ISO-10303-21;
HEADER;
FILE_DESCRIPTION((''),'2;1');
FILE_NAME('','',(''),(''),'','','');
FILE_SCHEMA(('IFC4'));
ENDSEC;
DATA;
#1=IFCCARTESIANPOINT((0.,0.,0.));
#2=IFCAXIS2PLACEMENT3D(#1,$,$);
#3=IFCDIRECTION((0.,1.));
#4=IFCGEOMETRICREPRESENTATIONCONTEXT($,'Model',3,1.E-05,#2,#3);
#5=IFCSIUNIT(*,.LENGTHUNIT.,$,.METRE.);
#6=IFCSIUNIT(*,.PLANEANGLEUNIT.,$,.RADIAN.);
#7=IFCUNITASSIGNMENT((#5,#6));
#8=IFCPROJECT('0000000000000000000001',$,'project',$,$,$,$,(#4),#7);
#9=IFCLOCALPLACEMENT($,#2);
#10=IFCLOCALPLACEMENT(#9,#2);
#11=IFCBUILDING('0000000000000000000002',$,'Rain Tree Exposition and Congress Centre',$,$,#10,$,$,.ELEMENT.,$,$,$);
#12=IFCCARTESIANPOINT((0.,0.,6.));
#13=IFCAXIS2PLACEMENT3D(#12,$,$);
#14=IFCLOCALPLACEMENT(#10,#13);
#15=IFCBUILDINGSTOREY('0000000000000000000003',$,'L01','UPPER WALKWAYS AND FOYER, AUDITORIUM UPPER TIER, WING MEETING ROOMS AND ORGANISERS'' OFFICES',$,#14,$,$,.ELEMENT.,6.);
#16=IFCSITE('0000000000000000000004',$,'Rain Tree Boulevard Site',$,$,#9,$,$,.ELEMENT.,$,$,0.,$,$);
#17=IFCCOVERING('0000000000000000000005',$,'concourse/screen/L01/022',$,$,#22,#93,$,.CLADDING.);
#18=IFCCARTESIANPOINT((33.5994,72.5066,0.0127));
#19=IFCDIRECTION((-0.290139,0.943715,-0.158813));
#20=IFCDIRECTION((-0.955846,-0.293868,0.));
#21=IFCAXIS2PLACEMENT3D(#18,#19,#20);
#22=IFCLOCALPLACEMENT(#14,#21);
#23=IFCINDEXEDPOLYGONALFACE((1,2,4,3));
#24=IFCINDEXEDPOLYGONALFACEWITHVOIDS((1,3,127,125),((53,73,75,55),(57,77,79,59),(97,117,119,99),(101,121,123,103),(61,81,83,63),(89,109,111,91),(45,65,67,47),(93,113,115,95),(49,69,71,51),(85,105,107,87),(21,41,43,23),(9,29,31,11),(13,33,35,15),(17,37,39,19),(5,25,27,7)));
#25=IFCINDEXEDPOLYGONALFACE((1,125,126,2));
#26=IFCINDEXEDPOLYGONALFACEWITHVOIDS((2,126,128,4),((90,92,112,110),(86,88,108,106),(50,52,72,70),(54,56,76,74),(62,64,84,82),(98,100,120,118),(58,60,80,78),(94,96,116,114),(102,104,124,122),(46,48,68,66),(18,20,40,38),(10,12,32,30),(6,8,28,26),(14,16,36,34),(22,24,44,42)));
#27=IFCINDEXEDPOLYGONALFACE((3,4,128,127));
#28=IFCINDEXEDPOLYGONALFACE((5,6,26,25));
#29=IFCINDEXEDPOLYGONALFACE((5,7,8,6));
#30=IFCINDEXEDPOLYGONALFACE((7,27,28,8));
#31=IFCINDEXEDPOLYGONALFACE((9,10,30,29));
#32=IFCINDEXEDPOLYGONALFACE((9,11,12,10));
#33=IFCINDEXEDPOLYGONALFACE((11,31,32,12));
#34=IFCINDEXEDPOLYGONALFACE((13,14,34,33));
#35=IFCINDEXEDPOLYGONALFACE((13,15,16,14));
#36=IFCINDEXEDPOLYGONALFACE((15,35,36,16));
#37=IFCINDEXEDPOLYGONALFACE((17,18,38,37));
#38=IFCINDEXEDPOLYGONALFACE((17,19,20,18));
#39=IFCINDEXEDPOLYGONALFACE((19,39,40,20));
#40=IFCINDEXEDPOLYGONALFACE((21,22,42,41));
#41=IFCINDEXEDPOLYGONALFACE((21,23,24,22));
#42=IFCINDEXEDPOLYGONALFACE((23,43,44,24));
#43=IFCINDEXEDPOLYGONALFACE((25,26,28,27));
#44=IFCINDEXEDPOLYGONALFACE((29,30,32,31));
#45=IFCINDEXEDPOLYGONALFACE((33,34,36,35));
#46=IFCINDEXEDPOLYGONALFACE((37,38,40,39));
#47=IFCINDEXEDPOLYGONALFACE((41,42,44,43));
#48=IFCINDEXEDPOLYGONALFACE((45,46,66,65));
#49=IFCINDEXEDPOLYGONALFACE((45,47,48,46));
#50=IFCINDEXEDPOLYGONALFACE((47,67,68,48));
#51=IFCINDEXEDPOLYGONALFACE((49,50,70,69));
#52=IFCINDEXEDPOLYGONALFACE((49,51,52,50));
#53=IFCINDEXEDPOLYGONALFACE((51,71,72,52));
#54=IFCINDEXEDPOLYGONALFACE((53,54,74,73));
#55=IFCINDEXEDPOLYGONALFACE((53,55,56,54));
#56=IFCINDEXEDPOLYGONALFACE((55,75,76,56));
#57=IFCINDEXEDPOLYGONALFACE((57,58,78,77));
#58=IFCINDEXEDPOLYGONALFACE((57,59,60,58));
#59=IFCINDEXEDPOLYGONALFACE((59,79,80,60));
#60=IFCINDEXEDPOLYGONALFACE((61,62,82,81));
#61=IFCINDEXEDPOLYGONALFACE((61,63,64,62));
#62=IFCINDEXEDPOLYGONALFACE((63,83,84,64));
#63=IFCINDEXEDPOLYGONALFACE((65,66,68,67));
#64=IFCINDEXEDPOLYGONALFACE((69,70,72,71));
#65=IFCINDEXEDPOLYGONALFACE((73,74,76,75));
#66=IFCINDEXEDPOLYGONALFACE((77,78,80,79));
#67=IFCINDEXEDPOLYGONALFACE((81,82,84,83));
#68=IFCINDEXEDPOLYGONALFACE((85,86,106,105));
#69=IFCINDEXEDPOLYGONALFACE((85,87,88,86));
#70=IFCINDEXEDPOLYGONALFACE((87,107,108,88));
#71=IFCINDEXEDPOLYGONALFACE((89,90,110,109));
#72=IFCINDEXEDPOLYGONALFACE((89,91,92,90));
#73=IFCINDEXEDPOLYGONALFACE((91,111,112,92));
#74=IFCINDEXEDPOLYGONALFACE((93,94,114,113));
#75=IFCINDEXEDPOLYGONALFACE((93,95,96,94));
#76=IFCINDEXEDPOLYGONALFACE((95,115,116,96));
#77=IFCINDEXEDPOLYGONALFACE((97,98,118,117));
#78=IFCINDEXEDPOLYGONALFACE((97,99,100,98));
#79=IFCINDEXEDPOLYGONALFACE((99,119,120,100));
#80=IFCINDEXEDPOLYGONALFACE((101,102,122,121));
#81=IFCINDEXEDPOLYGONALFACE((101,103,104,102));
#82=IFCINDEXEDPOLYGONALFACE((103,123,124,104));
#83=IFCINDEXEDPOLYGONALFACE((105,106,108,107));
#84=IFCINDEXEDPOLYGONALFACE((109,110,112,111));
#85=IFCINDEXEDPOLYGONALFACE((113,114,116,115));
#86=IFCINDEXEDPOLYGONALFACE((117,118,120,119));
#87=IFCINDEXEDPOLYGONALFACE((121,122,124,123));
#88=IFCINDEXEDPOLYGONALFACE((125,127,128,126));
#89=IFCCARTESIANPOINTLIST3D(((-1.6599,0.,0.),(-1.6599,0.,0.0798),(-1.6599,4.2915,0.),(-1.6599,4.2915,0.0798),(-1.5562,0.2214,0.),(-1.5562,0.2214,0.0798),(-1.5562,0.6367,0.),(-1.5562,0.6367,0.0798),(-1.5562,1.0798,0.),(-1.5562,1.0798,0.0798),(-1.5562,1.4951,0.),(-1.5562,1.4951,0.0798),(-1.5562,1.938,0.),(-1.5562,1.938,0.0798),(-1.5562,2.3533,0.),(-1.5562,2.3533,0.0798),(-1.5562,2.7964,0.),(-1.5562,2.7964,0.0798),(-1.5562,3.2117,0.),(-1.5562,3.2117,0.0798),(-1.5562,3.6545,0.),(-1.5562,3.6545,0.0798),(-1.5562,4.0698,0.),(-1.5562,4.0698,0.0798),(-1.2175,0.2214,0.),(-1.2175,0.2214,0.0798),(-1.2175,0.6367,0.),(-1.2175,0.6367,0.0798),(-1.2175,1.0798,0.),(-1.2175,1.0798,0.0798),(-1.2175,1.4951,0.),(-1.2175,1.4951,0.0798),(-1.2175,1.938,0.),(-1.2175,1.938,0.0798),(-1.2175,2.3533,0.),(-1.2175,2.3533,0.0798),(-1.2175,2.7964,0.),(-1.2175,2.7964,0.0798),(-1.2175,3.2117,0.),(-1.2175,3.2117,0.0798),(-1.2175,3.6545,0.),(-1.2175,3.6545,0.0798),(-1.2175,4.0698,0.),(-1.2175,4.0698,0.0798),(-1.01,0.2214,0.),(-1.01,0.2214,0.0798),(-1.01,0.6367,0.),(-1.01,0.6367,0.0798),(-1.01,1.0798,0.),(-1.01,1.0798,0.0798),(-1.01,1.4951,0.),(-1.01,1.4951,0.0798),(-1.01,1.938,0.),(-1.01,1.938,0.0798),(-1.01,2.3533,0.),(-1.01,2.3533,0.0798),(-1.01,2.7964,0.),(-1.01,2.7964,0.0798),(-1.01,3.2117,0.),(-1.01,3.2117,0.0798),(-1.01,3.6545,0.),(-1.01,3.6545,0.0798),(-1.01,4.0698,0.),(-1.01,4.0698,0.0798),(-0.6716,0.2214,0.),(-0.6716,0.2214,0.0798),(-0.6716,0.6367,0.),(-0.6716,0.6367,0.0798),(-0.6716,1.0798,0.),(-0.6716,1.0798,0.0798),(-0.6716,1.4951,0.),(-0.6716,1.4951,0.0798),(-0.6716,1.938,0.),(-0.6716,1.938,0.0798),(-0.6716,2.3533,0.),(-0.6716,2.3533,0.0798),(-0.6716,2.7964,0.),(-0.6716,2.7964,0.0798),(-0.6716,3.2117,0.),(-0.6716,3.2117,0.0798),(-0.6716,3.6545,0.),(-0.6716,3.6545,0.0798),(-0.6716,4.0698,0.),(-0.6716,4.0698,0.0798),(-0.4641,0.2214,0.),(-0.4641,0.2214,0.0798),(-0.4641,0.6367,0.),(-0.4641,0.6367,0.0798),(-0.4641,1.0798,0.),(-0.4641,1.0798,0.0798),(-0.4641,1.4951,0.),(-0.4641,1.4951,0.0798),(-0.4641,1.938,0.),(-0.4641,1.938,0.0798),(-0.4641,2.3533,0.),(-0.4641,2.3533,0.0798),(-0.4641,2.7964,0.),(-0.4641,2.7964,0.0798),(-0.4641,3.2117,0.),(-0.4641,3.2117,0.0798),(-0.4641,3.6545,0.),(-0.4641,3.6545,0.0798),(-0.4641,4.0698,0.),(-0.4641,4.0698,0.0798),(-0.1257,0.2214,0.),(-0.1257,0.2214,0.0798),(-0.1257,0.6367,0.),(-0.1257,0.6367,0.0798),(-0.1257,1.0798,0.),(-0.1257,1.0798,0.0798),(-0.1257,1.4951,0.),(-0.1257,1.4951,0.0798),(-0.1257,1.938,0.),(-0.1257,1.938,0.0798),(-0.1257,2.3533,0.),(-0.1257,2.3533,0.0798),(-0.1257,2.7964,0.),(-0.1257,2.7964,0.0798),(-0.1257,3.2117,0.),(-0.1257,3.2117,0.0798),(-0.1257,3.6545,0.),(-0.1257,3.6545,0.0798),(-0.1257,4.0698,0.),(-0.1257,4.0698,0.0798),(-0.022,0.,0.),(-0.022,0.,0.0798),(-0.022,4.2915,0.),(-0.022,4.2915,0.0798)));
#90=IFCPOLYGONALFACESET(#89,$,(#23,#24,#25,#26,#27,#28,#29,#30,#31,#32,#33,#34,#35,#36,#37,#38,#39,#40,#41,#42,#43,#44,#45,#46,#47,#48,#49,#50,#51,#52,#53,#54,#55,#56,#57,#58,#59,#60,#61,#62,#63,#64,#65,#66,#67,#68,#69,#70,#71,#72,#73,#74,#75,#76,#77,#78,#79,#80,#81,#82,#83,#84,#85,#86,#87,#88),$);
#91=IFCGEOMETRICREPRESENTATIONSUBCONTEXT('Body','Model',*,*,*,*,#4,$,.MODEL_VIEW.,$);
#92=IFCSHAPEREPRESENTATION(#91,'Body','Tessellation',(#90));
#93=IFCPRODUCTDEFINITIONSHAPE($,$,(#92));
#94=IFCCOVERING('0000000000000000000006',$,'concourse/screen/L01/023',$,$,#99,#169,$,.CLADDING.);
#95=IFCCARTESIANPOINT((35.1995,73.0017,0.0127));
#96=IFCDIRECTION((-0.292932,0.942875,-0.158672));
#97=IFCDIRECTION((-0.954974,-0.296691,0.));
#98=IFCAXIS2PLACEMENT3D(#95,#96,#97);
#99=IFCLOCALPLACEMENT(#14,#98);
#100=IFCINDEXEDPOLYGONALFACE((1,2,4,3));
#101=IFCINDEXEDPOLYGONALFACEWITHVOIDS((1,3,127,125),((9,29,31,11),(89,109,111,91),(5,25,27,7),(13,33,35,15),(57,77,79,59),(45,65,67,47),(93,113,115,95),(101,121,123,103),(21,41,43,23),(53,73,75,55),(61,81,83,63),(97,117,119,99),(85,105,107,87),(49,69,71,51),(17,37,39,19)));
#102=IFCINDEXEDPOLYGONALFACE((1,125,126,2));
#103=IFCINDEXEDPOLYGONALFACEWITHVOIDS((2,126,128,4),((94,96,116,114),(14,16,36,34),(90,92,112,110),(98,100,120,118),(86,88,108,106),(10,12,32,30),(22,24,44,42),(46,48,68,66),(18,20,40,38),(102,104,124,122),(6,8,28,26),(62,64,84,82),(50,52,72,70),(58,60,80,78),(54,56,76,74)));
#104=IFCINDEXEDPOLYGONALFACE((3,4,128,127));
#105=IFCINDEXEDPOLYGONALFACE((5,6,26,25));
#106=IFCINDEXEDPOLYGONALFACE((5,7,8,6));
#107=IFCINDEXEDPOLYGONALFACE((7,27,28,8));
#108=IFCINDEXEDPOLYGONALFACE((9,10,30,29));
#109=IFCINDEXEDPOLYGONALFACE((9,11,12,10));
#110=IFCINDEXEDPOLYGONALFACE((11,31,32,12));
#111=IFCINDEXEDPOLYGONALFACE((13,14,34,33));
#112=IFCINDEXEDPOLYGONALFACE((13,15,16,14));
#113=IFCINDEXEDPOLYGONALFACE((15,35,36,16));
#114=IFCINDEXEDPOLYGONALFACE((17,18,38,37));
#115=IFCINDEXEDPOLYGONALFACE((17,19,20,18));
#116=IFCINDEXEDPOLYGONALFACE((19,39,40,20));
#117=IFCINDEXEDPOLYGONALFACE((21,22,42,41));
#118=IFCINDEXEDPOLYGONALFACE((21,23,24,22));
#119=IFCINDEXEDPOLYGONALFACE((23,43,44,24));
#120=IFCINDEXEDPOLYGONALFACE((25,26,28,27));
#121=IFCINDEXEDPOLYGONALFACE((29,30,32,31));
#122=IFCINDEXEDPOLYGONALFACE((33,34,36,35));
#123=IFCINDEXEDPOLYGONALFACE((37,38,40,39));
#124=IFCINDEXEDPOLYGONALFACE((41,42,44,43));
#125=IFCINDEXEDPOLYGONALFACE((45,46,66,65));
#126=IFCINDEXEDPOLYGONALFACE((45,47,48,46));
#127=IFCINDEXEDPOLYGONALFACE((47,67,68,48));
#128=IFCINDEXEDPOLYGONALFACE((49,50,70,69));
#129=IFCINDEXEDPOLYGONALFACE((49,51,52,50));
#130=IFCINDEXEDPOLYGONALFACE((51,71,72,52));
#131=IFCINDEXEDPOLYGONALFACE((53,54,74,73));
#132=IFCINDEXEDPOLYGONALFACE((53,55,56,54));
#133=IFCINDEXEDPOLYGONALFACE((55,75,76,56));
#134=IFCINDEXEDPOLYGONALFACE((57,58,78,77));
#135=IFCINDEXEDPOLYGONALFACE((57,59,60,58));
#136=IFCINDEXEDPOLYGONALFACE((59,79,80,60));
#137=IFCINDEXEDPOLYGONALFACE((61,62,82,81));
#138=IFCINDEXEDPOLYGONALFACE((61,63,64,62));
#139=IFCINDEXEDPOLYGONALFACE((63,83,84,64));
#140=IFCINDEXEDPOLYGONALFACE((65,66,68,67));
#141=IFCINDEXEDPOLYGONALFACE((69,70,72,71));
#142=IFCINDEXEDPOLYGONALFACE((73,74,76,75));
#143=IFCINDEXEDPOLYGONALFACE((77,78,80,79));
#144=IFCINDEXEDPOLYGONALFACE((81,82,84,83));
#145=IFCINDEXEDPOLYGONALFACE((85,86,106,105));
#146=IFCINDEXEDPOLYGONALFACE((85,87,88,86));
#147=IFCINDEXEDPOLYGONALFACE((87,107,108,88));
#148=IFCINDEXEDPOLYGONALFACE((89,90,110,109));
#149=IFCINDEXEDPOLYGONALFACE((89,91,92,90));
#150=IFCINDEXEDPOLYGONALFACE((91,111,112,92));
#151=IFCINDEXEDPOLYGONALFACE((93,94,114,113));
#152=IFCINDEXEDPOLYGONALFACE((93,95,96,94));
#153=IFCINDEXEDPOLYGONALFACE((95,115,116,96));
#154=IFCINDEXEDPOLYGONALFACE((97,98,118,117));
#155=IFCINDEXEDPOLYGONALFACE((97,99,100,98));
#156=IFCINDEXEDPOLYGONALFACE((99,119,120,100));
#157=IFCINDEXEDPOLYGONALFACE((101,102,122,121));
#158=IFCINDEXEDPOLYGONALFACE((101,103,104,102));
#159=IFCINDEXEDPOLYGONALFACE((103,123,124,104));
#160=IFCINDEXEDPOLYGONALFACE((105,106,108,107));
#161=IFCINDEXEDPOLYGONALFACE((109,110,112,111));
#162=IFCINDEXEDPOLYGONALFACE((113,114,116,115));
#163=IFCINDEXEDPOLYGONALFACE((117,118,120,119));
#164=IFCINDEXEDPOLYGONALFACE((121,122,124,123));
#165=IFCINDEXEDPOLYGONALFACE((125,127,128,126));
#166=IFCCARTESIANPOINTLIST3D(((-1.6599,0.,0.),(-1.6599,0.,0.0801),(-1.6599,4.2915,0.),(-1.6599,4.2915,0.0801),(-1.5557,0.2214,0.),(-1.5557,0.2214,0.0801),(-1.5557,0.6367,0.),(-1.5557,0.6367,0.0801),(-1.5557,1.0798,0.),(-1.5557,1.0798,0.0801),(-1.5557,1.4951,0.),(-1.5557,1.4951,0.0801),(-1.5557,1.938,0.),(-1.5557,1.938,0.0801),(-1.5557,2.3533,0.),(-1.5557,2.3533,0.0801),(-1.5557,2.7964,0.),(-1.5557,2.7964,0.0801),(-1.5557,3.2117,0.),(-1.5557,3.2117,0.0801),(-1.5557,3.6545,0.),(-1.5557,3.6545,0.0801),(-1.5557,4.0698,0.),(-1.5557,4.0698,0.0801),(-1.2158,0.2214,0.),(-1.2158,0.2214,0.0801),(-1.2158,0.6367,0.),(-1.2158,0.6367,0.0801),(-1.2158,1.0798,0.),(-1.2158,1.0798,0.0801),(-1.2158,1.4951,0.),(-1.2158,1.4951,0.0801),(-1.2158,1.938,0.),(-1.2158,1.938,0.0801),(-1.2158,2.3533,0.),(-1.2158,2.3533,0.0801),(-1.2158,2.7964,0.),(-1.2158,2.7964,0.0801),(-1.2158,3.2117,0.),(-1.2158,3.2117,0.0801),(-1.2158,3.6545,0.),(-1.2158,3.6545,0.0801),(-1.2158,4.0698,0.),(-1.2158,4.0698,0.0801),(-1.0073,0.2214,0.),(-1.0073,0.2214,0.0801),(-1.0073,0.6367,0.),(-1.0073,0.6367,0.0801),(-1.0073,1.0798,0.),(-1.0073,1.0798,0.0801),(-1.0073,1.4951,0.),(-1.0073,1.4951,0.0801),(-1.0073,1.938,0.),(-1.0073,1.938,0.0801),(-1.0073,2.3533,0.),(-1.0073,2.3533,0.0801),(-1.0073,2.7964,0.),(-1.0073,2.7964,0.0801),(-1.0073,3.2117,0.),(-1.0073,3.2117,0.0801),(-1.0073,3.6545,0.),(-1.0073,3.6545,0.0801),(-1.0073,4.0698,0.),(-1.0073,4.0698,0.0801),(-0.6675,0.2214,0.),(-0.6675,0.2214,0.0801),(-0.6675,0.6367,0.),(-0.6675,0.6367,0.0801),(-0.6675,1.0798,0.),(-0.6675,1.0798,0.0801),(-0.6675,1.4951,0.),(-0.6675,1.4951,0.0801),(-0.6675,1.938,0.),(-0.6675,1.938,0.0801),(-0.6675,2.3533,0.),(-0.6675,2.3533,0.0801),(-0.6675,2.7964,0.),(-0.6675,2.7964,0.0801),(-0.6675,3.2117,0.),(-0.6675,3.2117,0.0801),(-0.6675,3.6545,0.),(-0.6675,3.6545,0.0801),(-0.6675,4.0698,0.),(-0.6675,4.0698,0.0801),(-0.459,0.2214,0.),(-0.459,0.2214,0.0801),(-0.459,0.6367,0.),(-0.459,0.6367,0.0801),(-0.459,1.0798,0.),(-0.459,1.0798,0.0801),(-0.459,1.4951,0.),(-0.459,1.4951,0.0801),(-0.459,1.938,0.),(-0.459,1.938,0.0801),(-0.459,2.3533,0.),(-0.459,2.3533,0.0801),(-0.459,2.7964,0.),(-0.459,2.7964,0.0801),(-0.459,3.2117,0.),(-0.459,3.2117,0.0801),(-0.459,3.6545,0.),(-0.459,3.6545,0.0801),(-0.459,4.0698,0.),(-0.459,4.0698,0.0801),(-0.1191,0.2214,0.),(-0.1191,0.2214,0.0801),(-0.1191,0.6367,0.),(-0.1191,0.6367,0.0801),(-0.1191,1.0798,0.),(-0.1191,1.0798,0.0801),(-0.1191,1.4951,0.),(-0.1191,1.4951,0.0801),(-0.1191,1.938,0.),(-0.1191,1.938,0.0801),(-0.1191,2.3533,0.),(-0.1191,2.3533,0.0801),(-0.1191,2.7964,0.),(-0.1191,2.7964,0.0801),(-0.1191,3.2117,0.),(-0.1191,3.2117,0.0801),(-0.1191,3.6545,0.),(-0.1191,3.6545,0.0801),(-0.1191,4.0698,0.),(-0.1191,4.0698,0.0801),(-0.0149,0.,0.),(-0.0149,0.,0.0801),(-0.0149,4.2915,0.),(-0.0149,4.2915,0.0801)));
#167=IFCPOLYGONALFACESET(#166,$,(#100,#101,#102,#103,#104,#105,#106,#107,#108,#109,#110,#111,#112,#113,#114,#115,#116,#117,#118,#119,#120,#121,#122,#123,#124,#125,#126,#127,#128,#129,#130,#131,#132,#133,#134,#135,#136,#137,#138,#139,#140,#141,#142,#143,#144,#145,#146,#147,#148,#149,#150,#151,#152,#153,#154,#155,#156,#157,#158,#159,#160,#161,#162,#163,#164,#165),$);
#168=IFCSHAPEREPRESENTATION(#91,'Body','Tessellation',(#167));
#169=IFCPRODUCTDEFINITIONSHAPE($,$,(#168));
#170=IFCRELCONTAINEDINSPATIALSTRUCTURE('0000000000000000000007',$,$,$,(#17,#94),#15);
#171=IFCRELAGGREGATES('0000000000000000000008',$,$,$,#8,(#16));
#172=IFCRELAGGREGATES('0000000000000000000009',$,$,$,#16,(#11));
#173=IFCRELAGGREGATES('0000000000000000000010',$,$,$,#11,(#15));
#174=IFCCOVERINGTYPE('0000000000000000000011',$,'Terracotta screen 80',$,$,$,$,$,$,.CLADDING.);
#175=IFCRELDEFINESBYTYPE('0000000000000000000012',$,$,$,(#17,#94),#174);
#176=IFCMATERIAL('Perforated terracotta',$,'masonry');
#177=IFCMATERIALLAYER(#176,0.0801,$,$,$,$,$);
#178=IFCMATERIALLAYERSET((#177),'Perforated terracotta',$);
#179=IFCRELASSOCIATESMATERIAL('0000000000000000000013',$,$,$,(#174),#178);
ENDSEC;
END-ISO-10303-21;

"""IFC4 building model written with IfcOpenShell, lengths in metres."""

from ifc_helpers import new_model, si_unit, direction, frame, origin, place, context, subcontext, project, spatial, polyline, outline, extrude, material, layer, layer_set, type_object, element, save


model = new_model("IFC4")

# Units and contexts
model_context = context("Model", 3, precision=1e-05, world=origin(), true_north=direction((0.0, 1.0)))
body_context = subcontext(model_context, "Body", "Model", "MODEL_VIEW")
ifc_project = project(units=[si_unit("LENGTHUNIT", "METRE"), si_unit("PLANEANGLEUNIT", "RADIAN")], contexts=[model_context])

# Site, building, storey
site_placement = place(None, origin())
site = spatial("IfcSite", under=ifc_project, at=site_placement, Name="Rain Tree Boulevard Site", CompositionType="ELEMENT", RefElevation=0.0)
building_placement = place(site_placement, origin())
building = spatial("IfcBuilding", under=site, at=building_placement, Name="Rain Tree Exposition and Congress Centre", CompositionType="ELEMENT")
storey_placement = place(building_placement, frame((0.0, 0.0, 6.0)))
storey = spatial("IfcBuildingStorey", under=building, at=storey_placement, Name="L01", Description="UPPER WALKWAYS AND FOYER, AUDITORIUM UPPER TIER, WING MEETING ROOMS AND ORGANISERS' OFFICES", CompositionType="ELEMENT", Elevation=6.0)

# Coverings
ifc_material_1 = material(Name="Perforated terracotta", Category="masonry")
ifc_layer = layer(ifc_material_1, 0.0801)
ifc_layer_set = layer_set([ifc_layer], Name="Perforated terracotta")
covering_type = type_object("IfcCoveringType", Name="Terracotta screen 80", PredefinedType="CLADDING", material=ifc_layer_set)
covering_1_placement = place(storey_placement, frame((33.5994, 72.5066, 0.0127), z_axis=(-0.290139, 0.943715, -0.158813), x_axis=(-0.955846, -0.293868, 0.0)))
element("IfcCovering", 1, at=covering_1_placement, inside=storey, type_object=covering_type, Name="concourse/screen/L01/022", PredefinedType="CLADDING", context=body_context, shape_type="SweptSolid", body=[
    extrude(outline(polyline([(-1.6599, 0.0), (-1.6599, 4.2915), (-0.022, 4.2915), (-0.022, 0.0), (-1.6599, 0.0)]), holes=[polyline([(-0.1257, 0.2214), (-0.1257, 0.6367), (-0.4641, 0.6367), (-0.4641, 0.2214), (-0.1257, 0.2214)]), polyline([(-0.1257, 1.0798), (-0.1257, 1.4951), (-0.4641, 1.4951), (-0.4641, 1.0798), (-0.1257, 1.0798)]), polyline([(-0.1257, 1.938), (-0.1257, 2.3533), (-0.4641, 2.3533), (-0.4641, 1.938), (-0.1257, 1.938)]), polyline([(-0.1257, 2.7964), (-0.1257, 3.2117), (-0.4641, 3.2117), (-0.4641, 2.7964), (-0.1257, 2.7964)]), polyline([(-0.1257, 3.6545), (-0.1257, 4.0698), (-0.4641, 4.0698), (-0.4641, 3.6545), (-0.1257, 3.6545)]), polyline([(-0.6716, 0.2214), (-0.6716, 0.6367), (-1.01, 0.6367), (-1.01, 0.2214), (-0.6716, 0.2214)]), polyline([(-0.6716, 1.0798), (-0.6716, 1.4951), (-1.01, 1.4951), (-1.01, 1.0798), (-0.6716, 1.0798)]), polyline([(-0.6716, 1.938), (-0.6716, 2.3533), (-1.01, 2.3533), (-1.01, 1.938), (-0.6716, 1.938)]), polyline([(-0.6716, 2.7964), (-0.6716, 3.2117), (-1.01, 3.2117), (-1.01, 2.7964), (-0.6716, 2.7964)]), polyline([(-0.6716, 3.6545), (-0.6716, 4.0698), (-1.01, 4.0698), (-1.01, 3.6545), (-0.6716, 3.6545)]), polyline([(-1.2175, 0.2214), (-1.2175, 0.6367), (-1.5562, 0.6367), (-1.5562, 0.2214), (-1.2175, 0.2214)]), polyline([(-1.2175, 1.0798), (-1.2175, 1.4951), (-1.5562, 1.4951), (-1.5562, 1.0798), (-1.2175, 1.0798)]), polyline([(-1.2175, 1.938), (-1.2175, 2.3533), (-1.5562, 2.3533), (-1.5562, 1.938), (-1.2175, 1.938)]), polyline([(-1.2175, 2.7964), (-1.2175, 3.2117), (-1.5562, 3.2117), (-1.5562, 2.7964), (-1.2175, 2.7964)]), polyline([(-1.2175, 3.6545), (-1.2175, 4.0698), (-1.5562, 4.0698), (-1.5562, 3.6545), (-1.2175, 3.6545)])]), origin(), (0.0, 0.0, 1.0), 0.0798),
])
covering_2_placement = place(storey_placement, frame((35.1995, 73.0017, 0.0127), z_axis=(-0.292932, 0.942875, -0.158672), x_axis=(-0.954974, -0.296691, 0.0)))
element("IfcCovering", 2, at=covering_2_placement, inside=storey, type_object=covering_type, Name="concourse/screen/L01/023", PredefinedType="CLADDING", context=body_context, shape_type="SweptSolid", body=[
    extrude(outline(polyline([(-1.6599, 0.0), (-1.6599, 4.2915), (-0.0149, 4.2915), (-0.0149, 0.0), (-1.6599, 0.0)]), holes=[polyline([(-0.1191, 0.2214), (-0.1191, 0.6367), (-0.459, 0.6367), (-0.459, 0.2214), (-0.1191, 0.2214)]), polyline([(-0.1191, 1.0798), (-0.1191, 1.4951), (-0.459, 1.4951), (-0.459, 1.0798), (-0.1191, 1.0798)]), polyline([(-0.1191, 1.938), (-0.1191, 2.3533), (-0.459, 2.3533), (-0.459, 1.938), (-0.1191, 1.938)]), polyline([(-0.1191, 2.7964), (-0.1191, 3.2117), (-0.459, 3.2117), (-0.459, 2.7964), (-0.1191, 2.7964)]), polyline([(-0.1191, 3.6545), (-0.1191, 4.0698), (-0.459, 4.0698), (-0.459, 3.6545), (-0.1191, 3.6545)]), polyline([(-0.6675, 0.2214), (-0.6675, 0.6367), (-1.0073, 0.6367), (-1.0073, 0.2214), (-0.6675, 0.2214)]), polyline([(-0.6675, 1.0798), (-0.6675, 1.4951), (-1.0073, 1.4951), (-1.0073, 1.0798), (-0.6675, 1.0798)]), polyline([(-0.6675, 1.938), (-0.6675, 2.3533), (-1.0073, 2.3533), (-1.0073, 1.938), (-0.6675, 1.938)]), polyline([(-0.6675, 2.7964), (-0.6675, 3.2117), (-1.0073, 3.2117), (-1.0073, 2.7964), (-0.6675, 2.7964)]), polyline([(-0.6675, 3.6545), (-0.6675, 4.0698), (-1.0073, 4.0698), (-1.0073, 3.6545), (-0.6675, 3.6545)]), polyline([(-1.2158, 0.2214), (-1.2158, 0.6367), (-1.5557, 0.6367), (-1.5557, 0.2214), (-1.2158, 0.2214)]), polyline([(-1.2158, 1.0798), (-1.2158, 1.4951), (-1.5557, 1.4951), (-1.5557, 1.0798), (-1.2158, 1.0798)]), polyline([(-1.2158, 1.938), (-1.2158, 2.3533), (-1.5557, 2.3533), (-1.5557, 1.938), (-1.2158, 1.938)]), polyline([(-1.2158, 2.7964), (-1.2158, 3.2117), (-1.5557, 3.2117), (-1.5557, 2.7964), (-1.2158, 2.7964)]), polyline([(-1.2158, 3.6545), (-1.2158, 4.0698), (-1.5557, 4.0698), (-1.5557, 3.6545), (-1.2158, 3.6545)])]), origin(), (0.0, 0.0, 1.0), 0.0801),
])

save(model, "model.ifc")
